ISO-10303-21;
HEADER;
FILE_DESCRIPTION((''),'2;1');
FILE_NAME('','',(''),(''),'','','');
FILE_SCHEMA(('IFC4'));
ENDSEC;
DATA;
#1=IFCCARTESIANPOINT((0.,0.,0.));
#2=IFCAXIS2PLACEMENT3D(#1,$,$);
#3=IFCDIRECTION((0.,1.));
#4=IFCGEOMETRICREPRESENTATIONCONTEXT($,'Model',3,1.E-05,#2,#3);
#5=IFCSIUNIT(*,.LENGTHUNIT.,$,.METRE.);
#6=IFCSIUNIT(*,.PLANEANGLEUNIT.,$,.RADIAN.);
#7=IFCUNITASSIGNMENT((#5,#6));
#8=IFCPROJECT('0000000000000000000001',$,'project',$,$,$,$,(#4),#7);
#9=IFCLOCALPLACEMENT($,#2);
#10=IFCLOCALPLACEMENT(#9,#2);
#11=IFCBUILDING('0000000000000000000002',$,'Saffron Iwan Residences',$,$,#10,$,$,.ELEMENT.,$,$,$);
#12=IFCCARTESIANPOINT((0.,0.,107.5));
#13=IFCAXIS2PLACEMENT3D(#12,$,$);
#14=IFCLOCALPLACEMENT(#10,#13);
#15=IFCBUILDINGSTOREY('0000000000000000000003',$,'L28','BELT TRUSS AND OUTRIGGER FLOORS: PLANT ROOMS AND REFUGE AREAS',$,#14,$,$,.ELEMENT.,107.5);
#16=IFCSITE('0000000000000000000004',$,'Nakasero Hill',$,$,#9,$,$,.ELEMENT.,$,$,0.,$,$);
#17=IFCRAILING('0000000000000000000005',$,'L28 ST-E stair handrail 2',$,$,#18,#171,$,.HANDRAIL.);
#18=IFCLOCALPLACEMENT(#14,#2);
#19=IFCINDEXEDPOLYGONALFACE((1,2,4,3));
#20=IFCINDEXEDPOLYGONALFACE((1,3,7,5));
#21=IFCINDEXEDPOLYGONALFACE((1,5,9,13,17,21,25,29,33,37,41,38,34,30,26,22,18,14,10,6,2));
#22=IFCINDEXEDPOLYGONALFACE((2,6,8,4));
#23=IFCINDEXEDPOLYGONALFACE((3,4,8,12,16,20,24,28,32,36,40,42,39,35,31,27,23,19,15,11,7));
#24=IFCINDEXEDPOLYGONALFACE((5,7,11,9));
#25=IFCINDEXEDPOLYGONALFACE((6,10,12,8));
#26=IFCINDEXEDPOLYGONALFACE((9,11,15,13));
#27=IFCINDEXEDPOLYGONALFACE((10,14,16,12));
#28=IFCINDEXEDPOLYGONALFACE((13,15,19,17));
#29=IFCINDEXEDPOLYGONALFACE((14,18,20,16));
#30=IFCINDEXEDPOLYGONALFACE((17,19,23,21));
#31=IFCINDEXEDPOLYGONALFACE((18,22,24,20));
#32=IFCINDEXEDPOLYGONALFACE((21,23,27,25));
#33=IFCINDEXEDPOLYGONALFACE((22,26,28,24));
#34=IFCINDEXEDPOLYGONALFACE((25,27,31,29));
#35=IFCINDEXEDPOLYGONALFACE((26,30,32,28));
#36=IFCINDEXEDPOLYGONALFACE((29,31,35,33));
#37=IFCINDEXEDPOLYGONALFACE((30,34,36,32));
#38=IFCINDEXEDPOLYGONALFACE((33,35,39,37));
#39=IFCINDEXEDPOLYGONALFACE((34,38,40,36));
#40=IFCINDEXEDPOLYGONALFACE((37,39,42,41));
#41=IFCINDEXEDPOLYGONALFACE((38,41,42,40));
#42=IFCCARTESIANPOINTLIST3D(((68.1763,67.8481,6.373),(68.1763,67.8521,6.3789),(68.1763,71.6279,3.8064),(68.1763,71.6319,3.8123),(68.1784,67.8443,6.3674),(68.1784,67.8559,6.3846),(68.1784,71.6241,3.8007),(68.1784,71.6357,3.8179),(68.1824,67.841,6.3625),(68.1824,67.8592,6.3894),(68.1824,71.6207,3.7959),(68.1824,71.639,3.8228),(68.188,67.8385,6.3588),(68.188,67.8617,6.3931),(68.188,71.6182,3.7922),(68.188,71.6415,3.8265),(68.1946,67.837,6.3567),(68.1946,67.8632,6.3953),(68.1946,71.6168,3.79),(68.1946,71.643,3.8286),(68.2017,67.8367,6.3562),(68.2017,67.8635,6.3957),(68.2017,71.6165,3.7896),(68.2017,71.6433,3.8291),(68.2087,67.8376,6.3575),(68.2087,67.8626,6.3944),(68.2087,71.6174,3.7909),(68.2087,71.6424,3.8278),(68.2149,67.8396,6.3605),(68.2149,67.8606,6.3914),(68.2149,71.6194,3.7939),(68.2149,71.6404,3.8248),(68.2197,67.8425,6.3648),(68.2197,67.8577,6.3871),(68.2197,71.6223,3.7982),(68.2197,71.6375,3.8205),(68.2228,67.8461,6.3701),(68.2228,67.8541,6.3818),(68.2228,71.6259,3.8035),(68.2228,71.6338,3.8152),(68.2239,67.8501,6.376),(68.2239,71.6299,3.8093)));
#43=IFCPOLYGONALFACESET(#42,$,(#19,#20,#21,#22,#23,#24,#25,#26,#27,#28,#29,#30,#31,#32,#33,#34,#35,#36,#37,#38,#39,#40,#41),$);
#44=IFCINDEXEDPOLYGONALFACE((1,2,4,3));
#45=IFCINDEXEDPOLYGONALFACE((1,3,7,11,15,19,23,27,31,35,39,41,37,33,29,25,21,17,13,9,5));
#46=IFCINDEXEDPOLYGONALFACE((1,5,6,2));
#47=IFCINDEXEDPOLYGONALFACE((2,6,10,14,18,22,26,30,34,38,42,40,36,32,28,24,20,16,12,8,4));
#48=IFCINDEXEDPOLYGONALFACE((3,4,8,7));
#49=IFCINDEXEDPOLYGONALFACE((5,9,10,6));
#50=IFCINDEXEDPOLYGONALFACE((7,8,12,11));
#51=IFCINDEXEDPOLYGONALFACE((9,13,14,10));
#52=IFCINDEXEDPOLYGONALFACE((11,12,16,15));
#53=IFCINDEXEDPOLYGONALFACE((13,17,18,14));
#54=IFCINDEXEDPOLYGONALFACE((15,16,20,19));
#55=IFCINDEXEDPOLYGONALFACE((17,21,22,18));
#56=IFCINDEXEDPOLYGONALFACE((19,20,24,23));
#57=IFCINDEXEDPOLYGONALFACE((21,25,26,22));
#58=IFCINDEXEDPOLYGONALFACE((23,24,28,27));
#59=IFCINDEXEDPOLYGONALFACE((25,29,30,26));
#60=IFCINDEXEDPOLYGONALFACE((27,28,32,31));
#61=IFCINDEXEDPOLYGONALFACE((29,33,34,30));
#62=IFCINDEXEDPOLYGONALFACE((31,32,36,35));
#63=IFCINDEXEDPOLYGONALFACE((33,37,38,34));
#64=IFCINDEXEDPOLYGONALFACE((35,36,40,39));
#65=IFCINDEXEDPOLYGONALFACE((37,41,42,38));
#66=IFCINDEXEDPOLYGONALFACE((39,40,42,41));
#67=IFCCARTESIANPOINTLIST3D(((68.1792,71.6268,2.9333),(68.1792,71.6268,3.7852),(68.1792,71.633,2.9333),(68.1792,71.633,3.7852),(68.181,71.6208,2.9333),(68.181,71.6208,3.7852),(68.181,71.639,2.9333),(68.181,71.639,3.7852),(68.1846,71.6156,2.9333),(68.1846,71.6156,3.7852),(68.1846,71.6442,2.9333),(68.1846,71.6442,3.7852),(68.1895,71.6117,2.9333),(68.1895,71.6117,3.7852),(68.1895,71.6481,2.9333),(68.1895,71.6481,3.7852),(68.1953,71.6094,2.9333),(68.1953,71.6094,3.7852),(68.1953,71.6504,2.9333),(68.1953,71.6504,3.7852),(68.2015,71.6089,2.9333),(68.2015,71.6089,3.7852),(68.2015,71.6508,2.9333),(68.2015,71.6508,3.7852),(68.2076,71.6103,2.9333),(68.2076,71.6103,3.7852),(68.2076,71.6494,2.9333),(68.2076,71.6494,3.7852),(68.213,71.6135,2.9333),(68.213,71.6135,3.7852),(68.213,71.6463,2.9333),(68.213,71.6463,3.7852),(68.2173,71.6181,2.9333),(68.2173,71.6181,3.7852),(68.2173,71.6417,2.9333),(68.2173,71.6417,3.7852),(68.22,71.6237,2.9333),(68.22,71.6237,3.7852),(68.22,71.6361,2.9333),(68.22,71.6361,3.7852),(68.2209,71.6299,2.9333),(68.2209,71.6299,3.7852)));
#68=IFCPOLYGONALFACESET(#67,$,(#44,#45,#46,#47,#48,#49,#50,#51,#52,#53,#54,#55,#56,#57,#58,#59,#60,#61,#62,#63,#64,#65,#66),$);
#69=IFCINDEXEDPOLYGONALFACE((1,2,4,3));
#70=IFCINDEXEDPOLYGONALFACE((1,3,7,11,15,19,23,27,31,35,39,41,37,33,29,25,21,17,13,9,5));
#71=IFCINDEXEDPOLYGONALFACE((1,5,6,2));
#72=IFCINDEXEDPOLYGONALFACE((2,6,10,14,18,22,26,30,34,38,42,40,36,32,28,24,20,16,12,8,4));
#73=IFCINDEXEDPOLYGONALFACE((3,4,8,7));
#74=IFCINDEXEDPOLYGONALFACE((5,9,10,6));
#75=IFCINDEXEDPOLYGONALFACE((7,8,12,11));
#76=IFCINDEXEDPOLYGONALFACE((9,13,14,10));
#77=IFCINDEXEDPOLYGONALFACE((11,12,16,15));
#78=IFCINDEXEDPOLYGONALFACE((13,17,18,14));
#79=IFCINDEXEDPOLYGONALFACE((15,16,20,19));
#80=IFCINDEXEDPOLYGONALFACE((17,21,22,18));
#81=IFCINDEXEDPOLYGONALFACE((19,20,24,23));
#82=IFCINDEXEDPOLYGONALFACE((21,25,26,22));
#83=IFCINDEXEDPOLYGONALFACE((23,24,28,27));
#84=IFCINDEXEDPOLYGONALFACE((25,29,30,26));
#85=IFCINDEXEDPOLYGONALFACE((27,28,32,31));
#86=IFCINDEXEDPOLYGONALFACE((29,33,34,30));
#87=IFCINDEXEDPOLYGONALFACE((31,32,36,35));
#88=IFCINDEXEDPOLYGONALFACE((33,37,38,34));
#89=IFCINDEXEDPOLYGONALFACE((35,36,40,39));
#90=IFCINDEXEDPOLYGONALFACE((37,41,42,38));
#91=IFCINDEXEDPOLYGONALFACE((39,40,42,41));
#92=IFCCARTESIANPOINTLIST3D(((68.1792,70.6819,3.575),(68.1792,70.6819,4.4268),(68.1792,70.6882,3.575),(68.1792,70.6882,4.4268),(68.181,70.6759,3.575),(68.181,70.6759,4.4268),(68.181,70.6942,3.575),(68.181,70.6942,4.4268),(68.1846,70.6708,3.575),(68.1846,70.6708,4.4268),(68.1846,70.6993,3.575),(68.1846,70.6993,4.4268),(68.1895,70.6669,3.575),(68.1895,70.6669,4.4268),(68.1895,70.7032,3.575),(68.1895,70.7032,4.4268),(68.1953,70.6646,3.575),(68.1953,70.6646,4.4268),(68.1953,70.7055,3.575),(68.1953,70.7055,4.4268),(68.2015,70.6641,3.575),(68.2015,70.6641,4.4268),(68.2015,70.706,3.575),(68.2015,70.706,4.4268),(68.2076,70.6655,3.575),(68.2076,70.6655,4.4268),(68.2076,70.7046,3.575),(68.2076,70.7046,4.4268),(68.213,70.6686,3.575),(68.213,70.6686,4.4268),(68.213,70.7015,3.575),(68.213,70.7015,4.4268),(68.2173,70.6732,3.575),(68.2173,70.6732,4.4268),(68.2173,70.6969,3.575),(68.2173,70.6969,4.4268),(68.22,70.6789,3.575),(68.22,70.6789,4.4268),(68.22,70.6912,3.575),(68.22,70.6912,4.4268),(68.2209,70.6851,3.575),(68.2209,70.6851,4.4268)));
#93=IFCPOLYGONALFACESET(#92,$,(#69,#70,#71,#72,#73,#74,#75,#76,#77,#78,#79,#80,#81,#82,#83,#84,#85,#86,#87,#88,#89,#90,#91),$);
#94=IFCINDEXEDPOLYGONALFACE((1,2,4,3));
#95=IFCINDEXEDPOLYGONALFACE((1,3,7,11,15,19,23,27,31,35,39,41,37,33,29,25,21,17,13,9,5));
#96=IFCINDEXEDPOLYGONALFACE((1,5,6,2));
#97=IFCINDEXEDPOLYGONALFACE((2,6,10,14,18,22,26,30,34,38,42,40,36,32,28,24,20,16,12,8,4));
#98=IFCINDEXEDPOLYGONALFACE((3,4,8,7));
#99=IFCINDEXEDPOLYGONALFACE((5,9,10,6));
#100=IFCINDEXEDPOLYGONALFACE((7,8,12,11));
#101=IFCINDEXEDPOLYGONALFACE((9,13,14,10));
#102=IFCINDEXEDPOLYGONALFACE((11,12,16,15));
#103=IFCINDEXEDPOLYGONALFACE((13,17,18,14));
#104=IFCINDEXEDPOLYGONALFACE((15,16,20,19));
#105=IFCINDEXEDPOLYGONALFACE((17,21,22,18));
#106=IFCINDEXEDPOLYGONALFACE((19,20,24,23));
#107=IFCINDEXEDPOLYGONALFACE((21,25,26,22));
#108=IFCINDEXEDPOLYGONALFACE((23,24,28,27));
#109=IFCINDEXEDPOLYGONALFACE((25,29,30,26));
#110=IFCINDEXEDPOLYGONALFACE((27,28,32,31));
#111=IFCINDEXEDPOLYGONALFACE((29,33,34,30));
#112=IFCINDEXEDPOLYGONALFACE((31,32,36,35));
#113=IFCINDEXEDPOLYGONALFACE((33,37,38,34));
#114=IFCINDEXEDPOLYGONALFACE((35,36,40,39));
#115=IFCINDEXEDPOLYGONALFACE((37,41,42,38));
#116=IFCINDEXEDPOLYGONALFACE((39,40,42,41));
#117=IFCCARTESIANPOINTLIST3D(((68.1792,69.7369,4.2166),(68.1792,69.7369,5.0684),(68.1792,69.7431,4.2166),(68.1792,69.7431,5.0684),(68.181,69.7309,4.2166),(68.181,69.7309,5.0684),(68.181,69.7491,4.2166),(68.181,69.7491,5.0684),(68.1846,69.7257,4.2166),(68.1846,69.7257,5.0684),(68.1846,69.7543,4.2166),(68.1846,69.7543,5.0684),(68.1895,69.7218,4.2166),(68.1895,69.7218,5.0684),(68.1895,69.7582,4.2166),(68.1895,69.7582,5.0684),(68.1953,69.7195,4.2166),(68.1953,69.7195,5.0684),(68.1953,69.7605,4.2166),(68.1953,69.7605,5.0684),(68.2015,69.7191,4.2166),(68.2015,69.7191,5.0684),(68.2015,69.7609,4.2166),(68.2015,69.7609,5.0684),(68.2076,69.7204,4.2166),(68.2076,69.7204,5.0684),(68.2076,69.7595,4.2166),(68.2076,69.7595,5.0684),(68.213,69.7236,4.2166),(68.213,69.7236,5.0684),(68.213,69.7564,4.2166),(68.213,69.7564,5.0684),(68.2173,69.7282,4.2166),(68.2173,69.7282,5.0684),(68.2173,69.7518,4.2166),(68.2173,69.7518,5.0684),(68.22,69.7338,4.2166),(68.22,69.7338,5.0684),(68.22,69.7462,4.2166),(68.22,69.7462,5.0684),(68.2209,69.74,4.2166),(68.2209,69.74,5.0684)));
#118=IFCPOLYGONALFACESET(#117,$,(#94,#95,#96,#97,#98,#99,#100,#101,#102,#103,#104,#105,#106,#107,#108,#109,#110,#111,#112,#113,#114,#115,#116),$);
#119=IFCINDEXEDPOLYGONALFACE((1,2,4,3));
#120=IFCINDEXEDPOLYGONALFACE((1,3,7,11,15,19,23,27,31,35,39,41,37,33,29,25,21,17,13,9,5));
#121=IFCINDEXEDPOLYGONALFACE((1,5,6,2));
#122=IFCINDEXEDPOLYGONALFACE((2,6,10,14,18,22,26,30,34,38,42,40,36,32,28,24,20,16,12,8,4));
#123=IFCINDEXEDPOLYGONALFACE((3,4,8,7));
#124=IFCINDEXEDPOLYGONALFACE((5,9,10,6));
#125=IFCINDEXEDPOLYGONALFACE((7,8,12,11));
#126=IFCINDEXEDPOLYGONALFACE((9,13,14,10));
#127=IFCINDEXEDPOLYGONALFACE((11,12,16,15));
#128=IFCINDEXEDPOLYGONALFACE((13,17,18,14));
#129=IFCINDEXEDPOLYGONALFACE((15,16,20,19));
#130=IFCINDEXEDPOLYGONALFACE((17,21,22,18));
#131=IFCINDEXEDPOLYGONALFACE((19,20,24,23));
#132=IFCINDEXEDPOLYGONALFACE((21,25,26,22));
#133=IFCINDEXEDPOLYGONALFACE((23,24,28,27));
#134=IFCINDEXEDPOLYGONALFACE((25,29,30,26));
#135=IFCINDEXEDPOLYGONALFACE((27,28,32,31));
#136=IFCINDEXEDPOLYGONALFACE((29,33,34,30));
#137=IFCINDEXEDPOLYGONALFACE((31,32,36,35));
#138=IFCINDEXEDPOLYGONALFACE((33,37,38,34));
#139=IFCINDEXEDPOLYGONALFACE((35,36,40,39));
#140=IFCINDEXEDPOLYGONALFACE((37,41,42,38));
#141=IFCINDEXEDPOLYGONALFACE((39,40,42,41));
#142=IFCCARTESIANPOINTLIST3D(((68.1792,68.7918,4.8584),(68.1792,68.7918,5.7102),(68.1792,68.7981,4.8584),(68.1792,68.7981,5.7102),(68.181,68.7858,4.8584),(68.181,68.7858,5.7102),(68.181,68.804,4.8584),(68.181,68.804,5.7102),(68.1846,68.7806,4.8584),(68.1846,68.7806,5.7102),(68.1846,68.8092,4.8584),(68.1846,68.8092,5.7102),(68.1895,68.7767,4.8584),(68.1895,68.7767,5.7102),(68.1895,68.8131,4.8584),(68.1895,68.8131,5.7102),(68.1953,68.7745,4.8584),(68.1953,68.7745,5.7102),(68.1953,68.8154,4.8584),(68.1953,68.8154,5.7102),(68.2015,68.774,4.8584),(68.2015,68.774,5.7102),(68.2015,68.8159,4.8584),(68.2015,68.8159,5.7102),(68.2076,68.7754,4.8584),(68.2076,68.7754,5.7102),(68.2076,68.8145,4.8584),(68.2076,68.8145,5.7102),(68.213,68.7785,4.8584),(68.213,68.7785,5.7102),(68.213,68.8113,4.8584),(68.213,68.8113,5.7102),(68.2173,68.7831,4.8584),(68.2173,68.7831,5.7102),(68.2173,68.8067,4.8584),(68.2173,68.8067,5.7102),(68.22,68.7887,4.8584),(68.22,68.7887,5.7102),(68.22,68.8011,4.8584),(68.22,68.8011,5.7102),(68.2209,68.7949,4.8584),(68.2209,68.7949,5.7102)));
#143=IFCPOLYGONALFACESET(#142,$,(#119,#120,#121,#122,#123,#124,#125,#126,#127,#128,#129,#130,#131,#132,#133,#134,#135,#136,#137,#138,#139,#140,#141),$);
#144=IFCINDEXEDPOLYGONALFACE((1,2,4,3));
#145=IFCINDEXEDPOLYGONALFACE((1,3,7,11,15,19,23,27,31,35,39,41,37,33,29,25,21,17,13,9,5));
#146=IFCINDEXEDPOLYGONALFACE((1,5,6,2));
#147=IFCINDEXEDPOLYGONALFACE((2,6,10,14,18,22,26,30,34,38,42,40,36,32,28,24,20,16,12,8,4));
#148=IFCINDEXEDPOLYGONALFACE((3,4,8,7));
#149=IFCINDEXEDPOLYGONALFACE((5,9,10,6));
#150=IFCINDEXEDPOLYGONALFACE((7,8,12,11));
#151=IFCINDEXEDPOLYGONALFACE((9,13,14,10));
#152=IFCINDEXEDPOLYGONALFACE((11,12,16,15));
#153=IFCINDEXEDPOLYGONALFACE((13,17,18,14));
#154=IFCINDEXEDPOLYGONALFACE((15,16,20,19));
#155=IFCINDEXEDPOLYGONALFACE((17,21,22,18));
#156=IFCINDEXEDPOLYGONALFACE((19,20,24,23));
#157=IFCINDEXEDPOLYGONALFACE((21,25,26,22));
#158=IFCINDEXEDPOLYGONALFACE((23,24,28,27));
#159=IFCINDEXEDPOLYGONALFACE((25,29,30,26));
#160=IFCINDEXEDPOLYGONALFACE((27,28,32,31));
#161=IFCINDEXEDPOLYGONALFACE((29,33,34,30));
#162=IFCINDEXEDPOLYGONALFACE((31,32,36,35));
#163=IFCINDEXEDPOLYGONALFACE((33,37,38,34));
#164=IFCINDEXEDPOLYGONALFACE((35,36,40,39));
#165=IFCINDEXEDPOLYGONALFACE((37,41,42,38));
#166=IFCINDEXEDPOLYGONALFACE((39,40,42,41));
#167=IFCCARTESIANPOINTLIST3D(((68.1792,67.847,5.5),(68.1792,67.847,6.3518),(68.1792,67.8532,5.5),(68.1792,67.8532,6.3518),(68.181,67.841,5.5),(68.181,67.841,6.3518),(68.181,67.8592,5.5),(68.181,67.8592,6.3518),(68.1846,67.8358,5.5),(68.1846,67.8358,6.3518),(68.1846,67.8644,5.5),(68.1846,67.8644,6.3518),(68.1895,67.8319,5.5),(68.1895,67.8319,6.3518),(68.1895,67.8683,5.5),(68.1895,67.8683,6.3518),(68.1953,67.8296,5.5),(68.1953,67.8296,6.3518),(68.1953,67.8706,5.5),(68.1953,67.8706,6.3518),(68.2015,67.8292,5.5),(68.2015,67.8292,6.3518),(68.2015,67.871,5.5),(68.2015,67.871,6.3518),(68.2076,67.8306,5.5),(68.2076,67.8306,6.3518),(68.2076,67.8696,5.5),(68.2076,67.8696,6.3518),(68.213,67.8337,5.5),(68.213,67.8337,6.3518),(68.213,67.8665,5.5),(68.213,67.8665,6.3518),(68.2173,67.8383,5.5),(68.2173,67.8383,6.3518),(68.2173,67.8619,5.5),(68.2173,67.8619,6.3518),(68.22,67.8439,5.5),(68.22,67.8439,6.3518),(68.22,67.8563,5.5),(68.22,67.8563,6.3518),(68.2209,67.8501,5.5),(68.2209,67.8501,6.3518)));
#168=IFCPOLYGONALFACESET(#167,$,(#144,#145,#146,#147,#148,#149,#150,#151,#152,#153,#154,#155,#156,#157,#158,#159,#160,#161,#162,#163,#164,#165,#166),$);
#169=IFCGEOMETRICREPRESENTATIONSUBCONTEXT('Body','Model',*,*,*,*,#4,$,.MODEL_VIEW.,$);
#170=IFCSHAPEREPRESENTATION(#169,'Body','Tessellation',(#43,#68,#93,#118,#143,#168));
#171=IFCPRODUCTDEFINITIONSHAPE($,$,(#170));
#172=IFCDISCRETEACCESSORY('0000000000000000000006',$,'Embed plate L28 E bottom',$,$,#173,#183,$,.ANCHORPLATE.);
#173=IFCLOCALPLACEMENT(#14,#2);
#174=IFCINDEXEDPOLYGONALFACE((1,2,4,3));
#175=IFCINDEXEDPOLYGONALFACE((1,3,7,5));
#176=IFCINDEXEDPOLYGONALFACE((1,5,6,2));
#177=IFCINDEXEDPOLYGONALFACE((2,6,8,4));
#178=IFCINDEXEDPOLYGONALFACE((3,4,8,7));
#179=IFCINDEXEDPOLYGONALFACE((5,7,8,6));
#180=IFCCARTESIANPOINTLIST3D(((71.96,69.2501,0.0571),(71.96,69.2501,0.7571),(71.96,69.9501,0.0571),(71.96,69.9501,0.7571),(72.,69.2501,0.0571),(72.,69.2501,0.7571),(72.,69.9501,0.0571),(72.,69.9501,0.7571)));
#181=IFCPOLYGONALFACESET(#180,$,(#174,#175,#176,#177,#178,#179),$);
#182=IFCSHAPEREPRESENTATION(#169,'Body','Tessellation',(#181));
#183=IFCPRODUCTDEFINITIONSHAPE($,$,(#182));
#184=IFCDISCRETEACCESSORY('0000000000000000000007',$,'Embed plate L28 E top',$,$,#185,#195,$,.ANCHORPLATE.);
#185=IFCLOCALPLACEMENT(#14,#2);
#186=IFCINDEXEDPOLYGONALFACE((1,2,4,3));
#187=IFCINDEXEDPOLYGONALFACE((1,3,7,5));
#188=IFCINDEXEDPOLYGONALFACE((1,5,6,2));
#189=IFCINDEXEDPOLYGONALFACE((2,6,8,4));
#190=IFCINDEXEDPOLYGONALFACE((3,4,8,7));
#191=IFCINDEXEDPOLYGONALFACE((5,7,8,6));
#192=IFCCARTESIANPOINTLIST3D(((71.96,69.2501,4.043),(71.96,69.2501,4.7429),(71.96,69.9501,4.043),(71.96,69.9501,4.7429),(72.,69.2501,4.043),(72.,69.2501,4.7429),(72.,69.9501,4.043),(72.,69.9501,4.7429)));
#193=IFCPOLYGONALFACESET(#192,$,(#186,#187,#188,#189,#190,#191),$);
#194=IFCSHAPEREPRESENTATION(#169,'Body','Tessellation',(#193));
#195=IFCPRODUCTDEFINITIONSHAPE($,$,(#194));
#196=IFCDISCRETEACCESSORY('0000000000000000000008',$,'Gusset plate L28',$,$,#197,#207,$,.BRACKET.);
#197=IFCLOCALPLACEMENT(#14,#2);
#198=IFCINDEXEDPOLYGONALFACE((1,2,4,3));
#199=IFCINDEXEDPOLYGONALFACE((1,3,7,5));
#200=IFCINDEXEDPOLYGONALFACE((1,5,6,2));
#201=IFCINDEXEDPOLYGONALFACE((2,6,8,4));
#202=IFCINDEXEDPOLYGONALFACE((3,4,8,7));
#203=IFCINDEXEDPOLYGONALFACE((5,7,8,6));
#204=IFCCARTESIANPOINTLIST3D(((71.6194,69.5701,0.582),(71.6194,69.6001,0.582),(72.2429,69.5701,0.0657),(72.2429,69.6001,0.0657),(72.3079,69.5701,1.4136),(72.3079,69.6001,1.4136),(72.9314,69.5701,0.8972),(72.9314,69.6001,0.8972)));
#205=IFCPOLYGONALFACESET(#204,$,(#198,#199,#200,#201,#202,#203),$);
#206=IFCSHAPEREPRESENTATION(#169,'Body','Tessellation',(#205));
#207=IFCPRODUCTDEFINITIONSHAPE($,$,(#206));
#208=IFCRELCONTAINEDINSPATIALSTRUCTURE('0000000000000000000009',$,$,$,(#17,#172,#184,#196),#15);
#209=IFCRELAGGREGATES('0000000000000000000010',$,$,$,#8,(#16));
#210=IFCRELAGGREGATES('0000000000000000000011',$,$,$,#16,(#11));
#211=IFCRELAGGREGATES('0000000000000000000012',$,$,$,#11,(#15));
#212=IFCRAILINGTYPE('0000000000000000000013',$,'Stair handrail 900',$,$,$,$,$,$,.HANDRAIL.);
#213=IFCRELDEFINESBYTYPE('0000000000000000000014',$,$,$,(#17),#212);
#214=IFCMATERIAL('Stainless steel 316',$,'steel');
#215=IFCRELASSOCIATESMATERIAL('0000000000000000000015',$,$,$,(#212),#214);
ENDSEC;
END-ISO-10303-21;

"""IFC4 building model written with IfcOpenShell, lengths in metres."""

from ifc_helpers import new_model, si_unit, direction, frame, origin, origin_2d, place, context, subcontext, project, spatial, polyline, rectangle, circle, outline, extrude, source, transform, mapped, material, type_object, element, save


model = new_model("IFC4")

# Units and contexts
model_context = context("Model", 3, precision=1e-05, world=origin(), true_north=direction((0.0, 1.0)))
body_context = subcontext(model_context, "Body", "Model", "MODEL_VIEW")
ifc_project = project(units=[si_unit("LENGTHUNIT", "METRE"), si_unit("PLANEANGLEUNIT", "RADIAN")], contexts=[model_context])

# Site, building, storey
site_placement = place(None, origin())
site = spatial("IfcSite", under=ifc_project, at=site_placement, Name="Nakasero Hill", CompositionType="ELEMENT", RefElevation=0.0)
building_placement = place(site_placement, origin())
building = spatial("IfcBuilding", under=site, at=building_placement, Name="Saffron Iwan Residences", CompositionType="ELEMENT")
storey_placement = place(building_placement, frame((0.0, 0.0, 107.5)))
storey = spatial("IfcBuildingStorey", under=building, at=storey_placement, Name="L28", Description="BELT TRUSS AND OUTRIGGER FLOORS: PLANT ROOMS AND REFUGE AREAS", CompositionType="ELEMENT", Elevation=107.5)

# Railing
ifc_material_1 = material(Name="Stainless steel 316", Category="steel")
railing_type_1 = type_object("IfcRailingType", Name="Stair handrail 900", PredefinedType="HANDRAIL", material=ifc_material_1)
railing_1_placement = place(storey_placement, frame((68.2, 71.6299, 2.9333)))
element("IfcRailing", 1, at=railing_1_placement, inside=storey, type_object=railing_type_1, Name="L28 ST-E stair handrail 2", PredefinedType="HANDRAIL", context=body_context, shape_type="SweptSolid", body=[
    extrude(circle(Radius=0.0239, at=origin_2d()), frame((0.0, 0.0, 0.876), z_axis=(0.0, -0.827293, 0.561771), x_axis=(1.0, 0.0, 0.0)), (0.0, 0.0, 1.0), 4.5688),
    extrude(circle(Radius=0.021, at=origin_2d()), origin(), (0.0, 0.0, 1.0), 0.8518),
    extrude(circle(Radius=0.021, at=origin_2d()), frame((0.0, -0.9448, 0.6416)), (0.0, 0.0, 1.0), 0.8518),
    extrude(circle(Radius=0.021, at=origin_2d()), frame((0.0, -1.8899, 1.2832)), (0.0, 0.0, 1.0), 0.8518),
    extrude(circle(Radius=0.021, at=origin_2d()), frame((0.0, -2.835, 1.925)), (0.0, 0.0, 1.0), 0.8518),
    extrude(circle(Radius=0.021, at=origin_2d()), frame((0.0, -3.7798, 2.5667)), (0.0, 0.0, 1.0), 0.8518),
])

# Discrete accessories
shared_shape = source(origin(), body_context, "Body", "SweptSolid", [
    extrude(rectangle(XDim=0.04, YDim=0.7, at=origin_2d()), origin(), (0.0, 0.0, 1.0), 0.7),
])
for number, where, z_axis, x_axis, name in (
    (2, (71.98, 69.6001, 0.0571), (0.0, 0.0, 1.0), (1.0, 0.0, 0.0), "Embed plate L28 E bottom"),
    (3, (71.98, 69.6001, 4.043), (0.0, 0.0, 1.0), (1.0, 0.0, 0.0), "Embed plate L28 E top"),
):
    element("IfcDiscreteAccessory", number, at=place(storey_placement, frame(where, z_axis=z_axis, x_axis=x_axis)), inside=storey, Name=name, PredefinedType="ANCHORPLATE", context=body_context, shape_type="MappedRepresentation", body=[
        mapped(shared_shape, transform((0.0, 0.0, 0.0))),
    ])
discrete_accessory_placement = place(storey_placement, frame((71.6194, 69.6001, 0.582), z_axis=(0.0, 1.0, 0.0), x_axis=(0.637734, 0.0, 0.770256)))
element("IfcDiscreteAccessory", 4, at=discrete_accessory_placement, inside=storey, Name="Gusset plate L28", PredefinedType="BRACKET", context=body_context, shape_type="SweptSolid", body=[
    extrude(outline(polyline([(0.0, 0.0), (1.0796, 0.0), (1.0795, 0.8096), (-0.0001, 0.8096), (0.0, 0.0)])), origin(), (0.0, 0.0, -1.0), 0.03),
])

save(model, "model.ifc")
